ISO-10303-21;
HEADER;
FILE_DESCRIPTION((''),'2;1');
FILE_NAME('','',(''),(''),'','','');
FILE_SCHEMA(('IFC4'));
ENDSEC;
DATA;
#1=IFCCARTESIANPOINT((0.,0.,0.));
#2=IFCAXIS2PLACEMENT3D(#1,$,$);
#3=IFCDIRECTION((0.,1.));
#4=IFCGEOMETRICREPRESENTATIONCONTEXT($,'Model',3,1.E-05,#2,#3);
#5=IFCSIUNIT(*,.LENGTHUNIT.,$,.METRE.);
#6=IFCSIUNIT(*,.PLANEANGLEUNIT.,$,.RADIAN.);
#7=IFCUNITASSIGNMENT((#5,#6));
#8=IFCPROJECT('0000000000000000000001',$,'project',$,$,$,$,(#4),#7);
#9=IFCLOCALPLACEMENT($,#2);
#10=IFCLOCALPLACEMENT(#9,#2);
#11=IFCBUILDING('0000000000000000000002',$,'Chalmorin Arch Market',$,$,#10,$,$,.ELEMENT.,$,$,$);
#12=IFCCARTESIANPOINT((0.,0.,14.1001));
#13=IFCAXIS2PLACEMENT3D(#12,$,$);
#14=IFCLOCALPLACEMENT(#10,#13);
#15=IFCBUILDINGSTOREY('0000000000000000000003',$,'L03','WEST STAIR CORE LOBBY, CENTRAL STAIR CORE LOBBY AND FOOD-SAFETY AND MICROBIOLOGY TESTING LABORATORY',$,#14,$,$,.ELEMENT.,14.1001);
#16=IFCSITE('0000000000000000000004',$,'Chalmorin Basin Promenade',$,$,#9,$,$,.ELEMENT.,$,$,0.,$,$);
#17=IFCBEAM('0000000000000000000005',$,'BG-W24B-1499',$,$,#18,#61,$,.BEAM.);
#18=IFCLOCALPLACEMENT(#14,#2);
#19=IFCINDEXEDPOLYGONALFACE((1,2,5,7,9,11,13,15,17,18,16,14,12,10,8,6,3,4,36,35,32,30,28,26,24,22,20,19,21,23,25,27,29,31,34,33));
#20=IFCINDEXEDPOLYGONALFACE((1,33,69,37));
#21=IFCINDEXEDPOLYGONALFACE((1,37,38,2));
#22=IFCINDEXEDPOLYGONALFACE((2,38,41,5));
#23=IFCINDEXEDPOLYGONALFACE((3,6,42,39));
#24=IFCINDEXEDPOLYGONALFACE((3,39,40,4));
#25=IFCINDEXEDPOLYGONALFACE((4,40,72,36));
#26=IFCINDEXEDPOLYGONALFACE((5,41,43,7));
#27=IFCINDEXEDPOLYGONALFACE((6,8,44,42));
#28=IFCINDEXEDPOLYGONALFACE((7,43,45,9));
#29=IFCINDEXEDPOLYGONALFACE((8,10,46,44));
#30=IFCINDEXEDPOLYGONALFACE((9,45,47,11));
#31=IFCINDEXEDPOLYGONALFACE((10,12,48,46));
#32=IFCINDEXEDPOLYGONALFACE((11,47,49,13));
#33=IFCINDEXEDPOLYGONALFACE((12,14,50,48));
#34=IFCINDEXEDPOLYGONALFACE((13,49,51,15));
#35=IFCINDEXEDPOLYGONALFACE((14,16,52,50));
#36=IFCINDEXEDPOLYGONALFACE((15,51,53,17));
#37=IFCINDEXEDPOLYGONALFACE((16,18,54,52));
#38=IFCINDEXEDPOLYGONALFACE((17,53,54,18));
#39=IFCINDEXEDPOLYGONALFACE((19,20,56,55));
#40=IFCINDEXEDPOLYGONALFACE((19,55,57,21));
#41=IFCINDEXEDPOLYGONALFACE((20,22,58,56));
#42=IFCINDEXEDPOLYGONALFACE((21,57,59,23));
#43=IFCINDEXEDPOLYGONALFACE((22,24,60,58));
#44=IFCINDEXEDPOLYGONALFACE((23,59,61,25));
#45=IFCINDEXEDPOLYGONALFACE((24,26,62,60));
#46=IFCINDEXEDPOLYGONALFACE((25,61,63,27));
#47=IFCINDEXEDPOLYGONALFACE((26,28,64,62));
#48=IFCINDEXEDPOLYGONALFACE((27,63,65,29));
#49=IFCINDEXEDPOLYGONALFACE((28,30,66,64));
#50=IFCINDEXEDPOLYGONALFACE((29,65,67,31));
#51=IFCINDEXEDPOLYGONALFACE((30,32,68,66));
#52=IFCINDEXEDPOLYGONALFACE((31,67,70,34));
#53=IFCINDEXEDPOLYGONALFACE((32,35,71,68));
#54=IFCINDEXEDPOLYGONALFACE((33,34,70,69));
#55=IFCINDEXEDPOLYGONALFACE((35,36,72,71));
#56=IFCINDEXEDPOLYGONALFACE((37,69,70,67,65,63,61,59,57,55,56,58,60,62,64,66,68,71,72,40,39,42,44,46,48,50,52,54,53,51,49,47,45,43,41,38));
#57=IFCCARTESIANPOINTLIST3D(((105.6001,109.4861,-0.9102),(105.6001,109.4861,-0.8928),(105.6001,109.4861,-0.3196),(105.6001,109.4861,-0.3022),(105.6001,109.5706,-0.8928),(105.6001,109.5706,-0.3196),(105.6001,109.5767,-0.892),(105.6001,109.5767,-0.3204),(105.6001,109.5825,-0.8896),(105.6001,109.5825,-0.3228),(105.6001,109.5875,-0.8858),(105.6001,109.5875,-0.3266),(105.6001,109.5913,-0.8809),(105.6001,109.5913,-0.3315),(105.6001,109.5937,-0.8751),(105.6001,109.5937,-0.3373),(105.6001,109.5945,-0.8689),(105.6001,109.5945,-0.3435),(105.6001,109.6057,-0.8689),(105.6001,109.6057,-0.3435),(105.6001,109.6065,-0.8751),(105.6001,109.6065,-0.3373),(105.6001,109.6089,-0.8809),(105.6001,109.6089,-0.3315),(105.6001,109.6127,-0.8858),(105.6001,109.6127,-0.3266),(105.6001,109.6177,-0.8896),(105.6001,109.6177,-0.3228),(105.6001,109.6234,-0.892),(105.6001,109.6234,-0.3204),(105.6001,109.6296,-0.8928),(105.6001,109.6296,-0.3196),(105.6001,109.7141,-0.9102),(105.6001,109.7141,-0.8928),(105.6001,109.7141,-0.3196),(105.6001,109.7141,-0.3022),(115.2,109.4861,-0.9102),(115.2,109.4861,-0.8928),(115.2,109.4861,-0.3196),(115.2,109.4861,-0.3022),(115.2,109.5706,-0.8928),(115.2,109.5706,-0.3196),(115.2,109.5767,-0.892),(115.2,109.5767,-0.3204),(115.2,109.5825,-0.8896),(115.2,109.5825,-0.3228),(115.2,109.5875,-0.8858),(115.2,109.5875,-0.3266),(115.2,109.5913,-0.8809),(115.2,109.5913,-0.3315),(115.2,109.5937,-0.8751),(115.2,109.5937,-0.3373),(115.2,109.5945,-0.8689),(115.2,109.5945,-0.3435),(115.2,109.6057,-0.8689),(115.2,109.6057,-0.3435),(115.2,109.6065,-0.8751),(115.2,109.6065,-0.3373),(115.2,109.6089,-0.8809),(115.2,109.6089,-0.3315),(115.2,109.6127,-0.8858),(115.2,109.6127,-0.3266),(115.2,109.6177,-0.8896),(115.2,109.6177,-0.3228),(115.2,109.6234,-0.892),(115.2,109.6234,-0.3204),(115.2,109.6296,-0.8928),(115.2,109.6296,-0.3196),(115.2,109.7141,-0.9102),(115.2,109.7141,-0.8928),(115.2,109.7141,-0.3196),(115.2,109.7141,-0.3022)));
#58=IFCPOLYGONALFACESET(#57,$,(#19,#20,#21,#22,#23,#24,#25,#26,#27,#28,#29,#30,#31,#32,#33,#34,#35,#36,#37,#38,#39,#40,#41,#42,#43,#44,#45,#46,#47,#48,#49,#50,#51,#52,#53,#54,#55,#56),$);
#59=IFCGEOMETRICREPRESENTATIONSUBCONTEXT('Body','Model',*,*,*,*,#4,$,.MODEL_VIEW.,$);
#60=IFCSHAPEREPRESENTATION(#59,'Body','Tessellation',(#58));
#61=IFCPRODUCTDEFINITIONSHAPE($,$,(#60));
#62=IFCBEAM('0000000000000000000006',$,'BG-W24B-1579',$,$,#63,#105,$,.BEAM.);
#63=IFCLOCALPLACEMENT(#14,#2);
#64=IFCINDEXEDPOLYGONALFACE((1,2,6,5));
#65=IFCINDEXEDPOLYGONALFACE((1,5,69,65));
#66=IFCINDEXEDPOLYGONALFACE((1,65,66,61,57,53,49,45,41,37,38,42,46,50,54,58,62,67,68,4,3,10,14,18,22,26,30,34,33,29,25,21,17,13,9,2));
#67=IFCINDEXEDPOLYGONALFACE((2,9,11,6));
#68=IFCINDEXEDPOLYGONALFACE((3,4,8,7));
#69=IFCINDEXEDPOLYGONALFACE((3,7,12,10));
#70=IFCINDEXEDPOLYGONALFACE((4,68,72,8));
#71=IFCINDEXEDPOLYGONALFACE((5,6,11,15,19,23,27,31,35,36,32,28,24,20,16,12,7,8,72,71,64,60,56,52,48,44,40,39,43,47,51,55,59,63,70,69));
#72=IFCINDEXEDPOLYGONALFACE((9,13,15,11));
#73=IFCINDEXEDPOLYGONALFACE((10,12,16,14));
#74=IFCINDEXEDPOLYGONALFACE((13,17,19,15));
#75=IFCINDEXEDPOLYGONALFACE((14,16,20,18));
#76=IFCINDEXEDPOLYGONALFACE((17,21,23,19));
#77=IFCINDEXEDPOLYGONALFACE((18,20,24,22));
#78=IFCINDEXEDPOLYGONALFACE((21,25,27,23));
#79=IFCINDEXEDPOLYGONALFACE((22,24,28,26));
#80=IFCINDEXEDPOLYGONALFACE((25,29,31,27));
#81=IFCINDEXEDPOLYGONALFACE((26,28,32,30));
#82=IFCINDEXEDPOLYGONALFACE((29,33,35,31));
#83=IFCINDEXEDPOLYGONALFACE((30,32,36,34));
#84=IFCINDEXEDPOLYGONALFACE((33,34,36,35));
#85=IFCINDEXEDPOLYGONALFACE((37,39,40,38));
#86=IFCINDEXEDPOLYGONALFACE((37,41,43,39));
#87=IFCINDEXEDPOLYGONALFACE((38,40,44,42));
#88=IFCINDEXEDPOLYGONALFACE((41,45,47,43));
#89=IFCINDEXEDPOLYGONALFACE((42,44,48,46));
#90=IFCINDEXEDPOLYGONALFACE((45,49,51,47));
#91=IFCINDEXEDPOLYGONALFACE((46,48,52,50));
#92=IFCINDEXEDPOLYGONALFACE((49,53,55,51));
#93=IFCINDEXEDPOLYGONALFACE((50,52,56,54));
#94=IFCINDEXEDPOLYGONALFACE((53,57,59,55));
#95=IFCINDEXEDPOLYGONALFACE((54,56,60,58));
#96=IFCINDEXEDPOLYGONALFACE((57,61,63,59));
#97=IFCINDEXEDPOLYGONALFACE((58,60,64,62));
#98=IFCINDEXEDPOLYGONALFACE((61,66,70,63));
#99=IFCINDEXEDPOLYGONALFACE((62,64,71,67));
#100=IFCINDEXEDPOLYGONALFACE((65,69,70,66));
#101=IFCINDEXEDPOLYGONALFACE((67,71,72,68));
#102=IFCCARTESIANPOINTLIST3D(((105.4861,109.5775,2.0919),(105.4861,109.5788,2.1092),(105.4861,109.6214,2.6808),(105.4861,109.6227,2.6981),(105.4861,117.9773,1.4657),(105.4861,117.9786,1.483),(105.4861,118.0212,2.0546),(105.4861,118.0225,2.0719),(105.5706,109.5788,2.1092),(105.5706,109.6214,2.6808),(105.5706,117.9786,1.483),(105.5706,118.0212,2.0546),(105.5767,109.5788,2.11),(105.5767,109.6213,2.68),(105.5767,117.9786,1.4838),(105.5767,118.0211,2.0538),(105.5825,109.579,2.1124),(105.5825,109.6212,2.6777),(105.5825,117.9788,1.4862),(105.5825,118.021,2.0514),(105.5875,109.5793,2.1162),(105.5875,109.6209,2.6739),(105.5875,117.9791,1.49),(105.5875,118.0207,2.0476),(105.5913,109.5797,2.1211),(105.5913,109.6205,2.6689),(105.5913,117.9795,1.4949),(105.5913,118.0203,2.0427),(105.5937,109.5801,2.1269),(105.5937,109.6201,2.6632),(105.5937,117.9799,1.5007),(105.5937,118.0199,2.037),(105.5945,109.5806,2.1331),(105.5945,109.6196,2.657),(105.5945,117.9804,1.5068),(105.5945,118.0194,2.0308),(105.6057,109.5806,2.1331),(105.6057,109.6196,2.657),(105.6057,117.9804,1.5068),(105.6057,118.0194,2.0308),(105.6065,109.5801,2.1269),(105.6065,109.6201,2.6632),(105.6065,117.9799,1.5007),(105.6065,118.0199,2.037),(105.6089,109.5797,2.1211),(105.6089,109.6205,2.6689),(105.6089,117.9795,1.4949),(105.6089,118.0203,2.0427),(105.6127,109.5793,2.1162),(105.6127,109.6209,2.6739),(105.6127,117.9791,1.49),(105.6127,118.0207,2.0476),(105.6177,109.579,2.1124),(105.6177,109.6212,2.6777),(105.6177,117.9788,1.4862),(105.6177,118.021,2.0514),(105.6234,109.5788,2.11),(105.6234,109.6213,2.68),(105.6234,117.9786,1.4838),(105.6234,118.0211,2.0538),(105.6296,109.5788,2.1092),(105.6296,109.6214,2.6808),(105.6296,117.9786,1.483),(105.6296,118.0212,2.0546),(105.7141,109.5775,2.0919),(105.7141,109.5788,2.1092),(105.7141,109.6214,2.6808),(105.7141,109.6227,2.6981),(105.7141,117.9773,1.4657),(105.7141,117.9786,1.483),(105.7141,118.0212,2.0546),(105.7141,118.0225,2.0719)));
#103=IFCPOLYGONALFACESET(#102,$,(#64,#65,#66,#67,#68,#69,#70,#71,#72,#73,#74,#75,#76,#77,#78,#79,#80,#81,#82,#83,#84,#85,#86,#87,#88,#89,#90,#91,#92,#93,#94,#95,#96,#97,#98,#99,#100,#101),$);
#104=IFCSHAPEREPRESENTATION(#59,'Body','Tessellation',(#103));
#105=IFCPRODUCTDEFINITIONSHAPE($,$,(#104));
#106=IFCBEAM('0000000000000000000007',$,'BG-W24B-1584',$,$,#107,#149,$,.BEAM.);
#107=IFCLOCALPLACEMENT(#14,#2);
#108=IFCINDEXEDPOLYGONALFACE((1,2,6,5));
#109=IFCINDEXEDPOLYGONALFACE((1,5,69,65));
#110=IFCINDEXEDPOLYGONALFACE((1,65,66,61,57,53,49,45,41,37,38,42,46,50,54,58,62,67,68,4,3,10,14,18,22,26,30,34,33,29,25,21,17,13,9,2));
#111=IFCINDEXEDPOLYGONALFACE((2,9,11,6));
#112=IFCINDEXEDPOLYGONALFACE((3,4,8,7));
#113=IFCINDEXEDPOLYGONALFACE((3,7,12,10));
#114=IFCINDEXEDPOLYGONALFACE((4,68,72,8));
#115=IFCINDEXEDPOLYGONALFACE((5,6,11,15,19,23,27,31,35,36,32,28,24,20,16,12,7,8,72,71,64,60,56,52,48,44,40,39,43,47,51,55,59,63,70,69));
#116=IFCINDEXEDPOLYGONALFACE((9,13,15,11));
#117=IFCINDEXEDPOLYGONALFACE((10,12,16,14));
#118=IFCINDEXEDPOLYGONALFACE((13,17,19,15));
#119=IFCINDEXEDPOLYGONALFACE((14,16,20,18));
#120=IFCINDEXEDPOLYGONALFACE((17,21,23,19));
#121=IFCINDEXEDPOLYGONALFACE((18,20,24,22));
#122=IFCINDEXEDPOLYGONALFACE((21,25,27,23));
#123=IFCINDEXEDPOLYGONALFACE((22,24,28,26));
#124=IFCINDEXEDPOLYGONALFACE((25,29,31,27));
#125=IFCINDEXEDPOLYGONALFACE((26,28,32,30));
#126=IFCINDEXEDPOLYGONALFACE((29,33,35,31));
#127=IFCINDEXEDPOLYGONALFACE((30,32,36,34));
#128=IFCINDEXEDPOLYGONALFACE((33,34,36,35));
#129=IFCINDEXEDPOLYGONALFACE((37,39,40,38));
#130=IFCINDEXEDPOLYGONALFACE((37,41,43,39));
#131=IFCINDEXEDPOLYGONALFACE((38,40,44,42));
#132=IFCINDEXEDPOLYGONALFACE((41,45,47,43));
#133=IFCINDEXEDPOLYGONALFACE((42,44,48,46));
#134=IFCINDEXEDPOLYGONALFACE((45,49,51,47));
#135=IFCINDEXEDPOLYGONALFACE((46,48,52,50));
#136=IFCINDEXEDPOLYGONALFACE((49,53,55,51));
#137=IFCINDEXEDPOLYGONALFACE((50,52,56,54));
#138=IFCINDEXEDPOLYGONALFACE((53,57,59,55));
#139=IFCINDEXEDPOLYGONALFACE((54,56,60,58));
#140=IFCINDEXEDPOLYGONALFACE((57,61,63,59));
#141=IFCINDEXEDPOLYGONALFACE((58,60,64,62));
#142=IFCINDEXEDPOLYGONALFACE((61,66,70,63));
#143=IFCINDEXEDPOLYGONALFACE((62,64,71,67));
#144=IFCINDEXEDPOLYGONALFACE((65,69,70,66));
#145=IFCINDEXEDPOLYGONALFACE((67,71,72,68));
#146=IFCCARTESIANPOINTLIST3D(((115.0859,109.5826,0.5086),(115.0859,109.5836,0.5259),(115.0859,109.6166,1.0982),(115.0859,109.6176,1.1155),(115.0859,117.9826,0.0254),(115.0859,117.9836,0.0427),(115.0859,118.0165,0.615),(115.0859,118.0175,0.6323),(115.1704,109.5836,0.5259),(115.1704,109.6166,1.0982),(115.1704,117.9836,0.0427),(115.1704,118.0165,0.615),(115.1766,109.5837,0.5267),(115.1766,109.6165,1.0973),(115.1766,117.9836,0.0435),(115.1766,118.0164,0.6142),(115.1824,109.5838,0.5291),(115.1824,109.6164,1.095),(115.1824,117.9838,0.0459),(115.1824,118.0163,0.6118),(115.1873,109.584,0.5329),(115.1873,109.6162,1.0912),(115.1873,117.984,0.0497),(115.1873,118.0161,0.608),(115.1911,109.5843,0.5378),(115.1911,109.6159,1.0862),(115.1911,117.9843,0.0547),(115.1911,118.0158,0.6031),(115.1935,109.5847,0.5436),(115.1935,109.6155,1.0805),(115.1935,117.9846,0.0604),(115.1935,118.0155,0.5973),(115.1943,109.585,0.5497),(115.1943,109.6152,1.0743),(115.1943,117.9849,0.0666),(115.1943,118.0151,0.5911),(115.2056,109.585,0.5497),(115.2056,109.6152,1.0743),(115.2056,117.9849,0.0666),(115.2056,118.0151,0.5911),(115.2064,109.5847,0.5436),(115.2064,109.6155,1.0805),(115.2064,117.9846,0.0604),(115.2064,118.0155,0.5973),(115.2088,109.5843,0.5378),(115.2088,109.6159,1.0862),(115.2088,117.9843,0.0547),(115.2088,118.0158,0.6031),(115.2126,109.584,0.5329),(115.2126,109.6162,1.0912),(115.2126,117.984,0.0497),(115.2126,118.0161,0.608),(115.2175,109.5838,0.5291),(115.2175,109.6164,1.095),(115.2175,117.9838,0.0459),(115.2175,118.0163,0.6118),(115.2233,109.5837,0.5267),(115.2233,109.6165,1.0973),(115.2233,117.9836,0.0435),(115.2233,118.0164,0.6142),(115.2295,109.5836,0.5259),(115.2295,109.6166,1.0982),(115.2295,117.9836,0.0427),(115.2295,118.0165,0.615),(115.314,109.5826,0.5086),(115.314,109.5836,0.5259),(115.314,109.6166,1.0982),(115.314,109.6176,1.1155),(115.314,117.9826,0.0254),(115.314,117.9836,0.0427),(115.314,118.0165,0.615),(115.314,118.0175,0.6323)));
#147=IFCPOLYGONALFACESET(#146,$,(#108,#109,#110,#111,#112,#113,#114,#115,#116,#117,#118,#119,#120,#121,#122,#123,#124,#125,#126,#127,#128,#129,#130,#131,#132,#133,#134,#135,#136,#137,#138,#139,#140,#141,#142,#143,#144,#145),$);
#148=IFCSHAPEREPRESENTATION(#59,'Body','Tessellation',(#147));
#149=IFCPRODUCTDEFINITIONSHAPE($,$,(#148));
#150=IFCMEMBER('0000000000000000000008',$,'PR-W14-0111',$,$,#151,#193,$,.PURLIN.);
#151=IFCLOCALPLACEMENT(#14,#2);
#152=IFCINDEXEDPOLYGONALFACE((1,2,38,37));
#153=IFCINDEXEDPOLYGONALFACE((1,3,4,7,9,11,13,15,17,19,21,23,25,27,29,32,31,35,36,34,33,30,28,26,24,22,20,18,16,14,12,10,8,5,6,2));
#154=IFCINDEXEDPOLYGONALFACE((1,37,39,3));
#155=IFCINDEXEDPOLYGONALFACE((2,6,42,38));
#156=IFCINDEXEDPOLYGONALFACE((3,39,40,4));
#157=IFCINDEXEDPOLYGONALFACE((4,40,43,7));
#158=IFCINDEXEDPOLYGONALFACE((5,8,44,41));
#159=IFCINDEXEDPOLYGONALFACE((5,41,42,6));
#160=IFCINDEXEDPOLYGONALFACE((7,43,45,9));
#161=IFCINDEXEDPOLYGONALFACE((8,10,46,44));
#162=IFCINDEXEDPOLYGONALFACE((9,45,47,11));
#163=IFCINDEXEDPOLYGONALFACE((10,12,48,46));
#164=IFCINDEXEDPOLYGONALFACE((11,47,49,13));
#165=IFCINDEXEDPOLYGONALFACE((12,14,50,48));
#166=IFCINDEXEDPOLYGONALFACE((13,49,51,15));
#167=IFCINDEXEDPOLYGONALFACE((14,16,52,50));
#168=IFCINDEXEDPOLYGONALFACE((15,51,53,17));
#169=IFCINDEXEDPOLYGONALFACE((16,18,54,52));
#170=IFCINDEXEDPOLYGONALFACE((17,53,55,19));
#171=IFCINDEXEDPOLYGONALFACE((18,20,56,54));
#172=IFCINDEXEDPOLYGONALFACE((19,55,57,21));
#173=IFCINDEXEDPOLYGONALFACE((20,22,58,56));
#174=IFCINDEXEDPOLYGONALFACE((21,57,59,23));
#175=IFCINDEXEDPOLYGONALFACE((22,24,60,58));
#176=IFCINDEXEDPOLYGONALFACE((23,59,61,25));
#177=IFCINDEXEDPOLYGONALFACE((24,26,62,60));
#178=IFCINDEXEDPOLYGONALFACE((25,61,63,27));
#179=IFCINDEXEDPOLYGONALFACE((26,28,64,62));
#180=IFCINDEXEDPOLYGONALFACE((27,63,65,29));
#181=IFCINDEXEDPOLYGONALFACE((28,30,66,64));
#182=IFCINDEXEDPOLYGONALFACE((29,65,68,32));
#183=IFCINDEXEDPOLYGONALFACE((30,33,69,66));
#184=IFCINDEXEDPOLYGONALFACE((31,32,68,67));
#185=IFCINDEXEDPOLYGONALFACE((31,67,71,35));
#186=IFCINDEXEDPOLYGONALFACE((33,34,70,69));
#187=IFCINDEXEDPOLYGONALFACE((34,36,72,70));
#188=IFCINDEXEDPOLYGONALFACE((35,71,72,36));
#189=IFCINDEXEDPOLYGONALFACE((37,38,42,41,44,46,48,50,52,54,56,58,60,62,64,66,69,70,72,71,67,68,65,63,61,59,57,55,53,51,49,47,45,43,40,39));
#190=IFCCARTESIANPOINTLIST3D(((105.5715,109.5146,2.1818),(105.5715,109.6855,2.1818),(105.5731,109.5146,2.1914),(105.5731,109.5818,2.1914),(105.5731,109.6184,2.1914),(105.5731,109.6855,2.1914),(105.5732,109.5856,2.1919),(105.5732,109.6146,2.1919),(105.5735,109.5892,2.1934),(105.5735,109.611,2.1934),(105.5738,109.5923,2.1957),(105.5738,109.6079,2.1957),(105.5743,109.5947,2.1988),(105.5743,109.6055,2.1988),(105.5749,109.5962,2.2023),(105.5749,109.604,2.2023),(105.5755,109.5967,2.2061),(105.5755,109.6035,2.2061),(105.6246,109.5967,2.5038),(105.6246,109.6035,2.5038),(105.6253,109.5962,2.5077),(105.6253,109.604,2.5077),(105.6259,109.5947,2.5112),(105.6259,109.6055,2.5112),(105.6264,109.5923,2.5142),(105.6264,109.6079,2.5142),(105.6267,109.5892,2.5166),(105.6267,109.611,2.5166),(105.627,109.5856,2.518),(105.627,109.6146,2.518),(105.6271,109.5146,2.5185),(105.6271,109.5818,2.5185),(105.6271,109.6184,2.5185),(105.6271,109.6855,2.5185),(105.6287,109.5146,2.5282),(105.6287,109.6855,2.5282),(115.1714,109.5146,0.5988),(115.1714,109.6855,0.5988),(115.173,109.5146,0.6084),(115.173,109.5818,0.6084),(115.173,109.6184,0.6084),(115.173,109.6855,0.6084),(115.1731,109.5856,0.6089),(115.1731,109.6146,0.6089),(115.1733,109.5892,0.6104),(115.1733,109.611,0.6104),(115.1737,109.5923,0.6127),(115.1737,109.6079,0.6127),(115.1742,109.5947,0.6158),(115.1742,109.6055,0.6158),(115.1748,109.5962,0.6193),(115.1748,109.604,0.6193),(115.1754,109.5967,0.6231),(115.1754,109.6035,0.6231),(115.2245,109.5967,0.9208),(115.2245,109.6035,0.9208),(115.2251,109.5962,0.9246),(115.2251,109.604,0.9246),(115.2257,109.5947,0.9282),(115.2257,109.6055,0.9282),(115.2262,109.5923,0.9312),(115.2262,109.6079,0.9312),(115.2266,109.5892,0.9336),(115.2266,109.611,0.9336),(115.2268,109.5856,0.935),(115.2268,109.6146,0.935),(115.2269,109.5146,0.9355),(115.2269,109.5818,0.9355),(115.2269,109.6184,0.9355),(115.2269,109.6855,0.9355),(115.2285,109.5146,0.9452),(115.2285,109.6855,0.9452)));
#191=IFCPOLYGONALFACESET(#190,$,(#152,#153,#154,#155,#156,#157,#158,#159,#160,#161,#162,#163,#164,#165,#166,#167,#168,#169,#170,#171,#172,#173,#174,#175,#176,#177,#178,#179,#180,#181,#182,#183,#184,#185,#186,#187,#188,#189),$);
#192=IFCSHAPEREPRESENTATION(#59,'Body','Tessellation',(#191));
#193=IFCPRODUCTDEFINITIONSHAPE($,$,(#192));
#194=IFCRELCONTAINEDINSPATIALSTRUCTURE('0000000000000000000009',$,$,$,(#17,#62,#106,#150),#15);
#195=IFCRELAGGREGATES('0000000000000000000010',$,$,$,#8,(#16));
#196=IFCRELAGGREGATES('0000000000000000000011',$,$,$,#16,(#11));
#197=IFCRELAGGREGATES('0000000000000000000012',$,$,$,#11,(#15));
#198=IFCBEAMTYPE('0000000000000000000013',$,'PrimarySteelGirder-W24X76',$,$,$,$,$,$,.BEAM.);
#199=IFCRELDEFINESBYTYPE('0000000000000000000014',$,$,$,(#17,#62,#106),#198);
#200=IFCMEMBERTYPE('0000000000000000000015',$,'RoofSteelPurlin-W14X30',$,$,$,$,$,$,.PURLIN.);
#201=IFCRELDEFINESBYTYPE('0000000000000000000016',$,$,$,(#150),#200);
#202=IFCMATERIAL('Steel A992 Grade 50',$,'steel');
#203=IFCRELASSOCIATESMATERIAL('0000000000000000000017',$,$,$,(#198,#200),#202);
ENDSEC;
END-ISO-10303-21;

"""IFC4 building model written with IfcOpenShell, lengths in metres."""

from ifc_helpers import new_model, si_unit, direction, frame, origin, origin_2d, place, context, subcontext, project, spatial, i_section, extrude, material, material_profile, profile_set, type_object, element, save


model = new_model("IFC4")

# Units and contexts
model_context = context("Model", 3, precision=1e-05, world=origin(), true_north=direction((0.0, 1.0)))
body_context = subcontext(model_context, "Body", "Model", "MODEL_VIEW")
ifc_project = project(units=[si_unit("LENGTHUNIT", "METRE"), si_unit("PLANEANGLEUNIT", "RADIAN")], contexts=[model_context])

# Site, building, storey
site_placement = place(None, origin())
site = spatial("IfcSite", under=ifc_project, at=site_placement, Name="Chalmorin Basin Promenade", CompositionType="ELEMENT", RefElevation=0.0)
building_placement = place(site_placement, origin())
building = spatial("IfcBuilding", under=site, at=building_placement, Name="Chalmorin Arch Market", CompositionType="ELEMENT")
storey_placement = place(building_placement, frame((0.0, 0.0, 14.1001)))
storey = spatial("IfcBuildingStorey", under=building, at=storey_placement, Name="L03", Description="WEST STAIR CORE LOBBY, CENTRAL STAIR CORE LOBBY AND FOOD-SAFETY AND MICROBIOLOGY TESTING LABORATORY", CompositionType="ELEMENT", Elevation=14.1001)

# Beams
ifc_material_1 = material(Name="Steel A992 Grade 50", Category="steel")
ifc_material_profile_1 = material_profile(ifc_material_1, i_section(OverallWidth=0.228, OverallDepth=0.6079, WebThickness=0.0112, FlangeThickness=0.0173, FilletRadius=0.0239, at=origin_2d()), Name="W24X76")
ifc_profile_set_1 = profile_set([ifc_material_profile_1], Name="Steel A992 Grade 50")
beam_type_1 = type_object("IfcBeamType", Name="PrimarySteelGirder-W24X76", PredefinedType="BEAM", material=ifc_profile_set_1)
beam_1_placement = place(storey_placement, frame((105.6001, 109.6001, -0.6062), z_axis=(1.0, 0.0, 0.0), x_axis=(0.0, 1.0, 0.0)))
element("IfcBeam", 1, at=beam_1_placement, inside=storey, type_object=beam_type_1, Name="BG-W24B-1499", PredefinedType="BEAM", context=body_context, shape_type="SweptSolid", body=[
    extrude(i_section(OverallWidth=0.228, OverallDepth=0.6079, WebThickness=0.0112, FlangeThickness=0.0173, FilletRadius=0.0239, at=origin_2d()), origin(), (0.0, 0.0, 1.0), 9.5999),
])
beam_2_placement = place(storey_placement, frame((105.6001, 109.6001, 2.395), z_axis=(0.0, 0.997233, -0.074345), x_axis=(-1.0, 0.0, 0.0)))
element("IfcBeam", 2, at=beam_2_placement, inside=storey, type_object=beam_type_1, Name="BG-W24B-1579", PredefinedType="BEAM", context=body_context, shape_type="SweptSolid", body=[
    extrude(i_section(OverallWidth=0.228, OverallDepth=0.6079, WebThickness=0.0112, FlangeThickness=0.0173, FilletRadius=0.0239, at=origin_2d()), origin(), (0.0, 0.0, 1.0), 8.4231),
])
beam_3_placement = place(storey_placement, frame((115.2, 109.6001, 0.812), z_axis=(0.0, 0.99835, -0.057424), x_axis=(-1.0, 0.0, 0.0)))
element("IfcBeam", 3, at=beam_3_placement, inside=storey, type_object=beam_type_1, Name="BG-W24B-1584", PredefinedType="BEAM", context=body_context, shape_type="SweptSolid", body=[
    extrude(i_section(OverallWidth=0.228, OverallDepth=0.6079, WebThickness=0.0112, FlangeThickness=0.0173, FilletRadius=0.0239, at=origin_2d()), origin(), (0.0, 0.0, 1.0), 8.4138),
])

# Member
ifc_material_profile_2 = material_profile(ifc_material_1, i_section(OverallWidth=0.1709, OverallDepth=0.3511, WebThickness=0.0068, FlangeThickness=0.0098, FilletRadius=0.0149, at=origin_2d()), Name="W14X30")
ifc_profile_set_2 = profile_set([ifc_material_profile_2], Name="Steel A992 Grade 50")
member_type_1 = type_object("IfcMemberType", Name="RoofSteelPurlin-W14X30", PredefinedType="PURLIN", material=ifc_profile_set_2)
member_1_placement = place(storey_placement, frame((105.6001, 109.6001, 2.355), z_axis=(0.986675, 0.0, -0.162702), x_axis=(0.0, 1.0, 0.0)))
element("IfcMember", 4, at=member_1_placement, inside=storey, type_object=member_type_1, Name="PR-W14-0111", PredefinedType="PURLIN", context=body_context, shape_type="SweptSolid", body=[
    extrude(i_section(OverallWidth=0.1709, OverallDepth=0.3511, WebThickness=0.0068, FlangeThickness=0.0098, FilletRadius=0.0149, at=origin_2d()), origin(), (0.0, 0.0, 1.0), 9.7295),
])

save(model, "model.ifc")
